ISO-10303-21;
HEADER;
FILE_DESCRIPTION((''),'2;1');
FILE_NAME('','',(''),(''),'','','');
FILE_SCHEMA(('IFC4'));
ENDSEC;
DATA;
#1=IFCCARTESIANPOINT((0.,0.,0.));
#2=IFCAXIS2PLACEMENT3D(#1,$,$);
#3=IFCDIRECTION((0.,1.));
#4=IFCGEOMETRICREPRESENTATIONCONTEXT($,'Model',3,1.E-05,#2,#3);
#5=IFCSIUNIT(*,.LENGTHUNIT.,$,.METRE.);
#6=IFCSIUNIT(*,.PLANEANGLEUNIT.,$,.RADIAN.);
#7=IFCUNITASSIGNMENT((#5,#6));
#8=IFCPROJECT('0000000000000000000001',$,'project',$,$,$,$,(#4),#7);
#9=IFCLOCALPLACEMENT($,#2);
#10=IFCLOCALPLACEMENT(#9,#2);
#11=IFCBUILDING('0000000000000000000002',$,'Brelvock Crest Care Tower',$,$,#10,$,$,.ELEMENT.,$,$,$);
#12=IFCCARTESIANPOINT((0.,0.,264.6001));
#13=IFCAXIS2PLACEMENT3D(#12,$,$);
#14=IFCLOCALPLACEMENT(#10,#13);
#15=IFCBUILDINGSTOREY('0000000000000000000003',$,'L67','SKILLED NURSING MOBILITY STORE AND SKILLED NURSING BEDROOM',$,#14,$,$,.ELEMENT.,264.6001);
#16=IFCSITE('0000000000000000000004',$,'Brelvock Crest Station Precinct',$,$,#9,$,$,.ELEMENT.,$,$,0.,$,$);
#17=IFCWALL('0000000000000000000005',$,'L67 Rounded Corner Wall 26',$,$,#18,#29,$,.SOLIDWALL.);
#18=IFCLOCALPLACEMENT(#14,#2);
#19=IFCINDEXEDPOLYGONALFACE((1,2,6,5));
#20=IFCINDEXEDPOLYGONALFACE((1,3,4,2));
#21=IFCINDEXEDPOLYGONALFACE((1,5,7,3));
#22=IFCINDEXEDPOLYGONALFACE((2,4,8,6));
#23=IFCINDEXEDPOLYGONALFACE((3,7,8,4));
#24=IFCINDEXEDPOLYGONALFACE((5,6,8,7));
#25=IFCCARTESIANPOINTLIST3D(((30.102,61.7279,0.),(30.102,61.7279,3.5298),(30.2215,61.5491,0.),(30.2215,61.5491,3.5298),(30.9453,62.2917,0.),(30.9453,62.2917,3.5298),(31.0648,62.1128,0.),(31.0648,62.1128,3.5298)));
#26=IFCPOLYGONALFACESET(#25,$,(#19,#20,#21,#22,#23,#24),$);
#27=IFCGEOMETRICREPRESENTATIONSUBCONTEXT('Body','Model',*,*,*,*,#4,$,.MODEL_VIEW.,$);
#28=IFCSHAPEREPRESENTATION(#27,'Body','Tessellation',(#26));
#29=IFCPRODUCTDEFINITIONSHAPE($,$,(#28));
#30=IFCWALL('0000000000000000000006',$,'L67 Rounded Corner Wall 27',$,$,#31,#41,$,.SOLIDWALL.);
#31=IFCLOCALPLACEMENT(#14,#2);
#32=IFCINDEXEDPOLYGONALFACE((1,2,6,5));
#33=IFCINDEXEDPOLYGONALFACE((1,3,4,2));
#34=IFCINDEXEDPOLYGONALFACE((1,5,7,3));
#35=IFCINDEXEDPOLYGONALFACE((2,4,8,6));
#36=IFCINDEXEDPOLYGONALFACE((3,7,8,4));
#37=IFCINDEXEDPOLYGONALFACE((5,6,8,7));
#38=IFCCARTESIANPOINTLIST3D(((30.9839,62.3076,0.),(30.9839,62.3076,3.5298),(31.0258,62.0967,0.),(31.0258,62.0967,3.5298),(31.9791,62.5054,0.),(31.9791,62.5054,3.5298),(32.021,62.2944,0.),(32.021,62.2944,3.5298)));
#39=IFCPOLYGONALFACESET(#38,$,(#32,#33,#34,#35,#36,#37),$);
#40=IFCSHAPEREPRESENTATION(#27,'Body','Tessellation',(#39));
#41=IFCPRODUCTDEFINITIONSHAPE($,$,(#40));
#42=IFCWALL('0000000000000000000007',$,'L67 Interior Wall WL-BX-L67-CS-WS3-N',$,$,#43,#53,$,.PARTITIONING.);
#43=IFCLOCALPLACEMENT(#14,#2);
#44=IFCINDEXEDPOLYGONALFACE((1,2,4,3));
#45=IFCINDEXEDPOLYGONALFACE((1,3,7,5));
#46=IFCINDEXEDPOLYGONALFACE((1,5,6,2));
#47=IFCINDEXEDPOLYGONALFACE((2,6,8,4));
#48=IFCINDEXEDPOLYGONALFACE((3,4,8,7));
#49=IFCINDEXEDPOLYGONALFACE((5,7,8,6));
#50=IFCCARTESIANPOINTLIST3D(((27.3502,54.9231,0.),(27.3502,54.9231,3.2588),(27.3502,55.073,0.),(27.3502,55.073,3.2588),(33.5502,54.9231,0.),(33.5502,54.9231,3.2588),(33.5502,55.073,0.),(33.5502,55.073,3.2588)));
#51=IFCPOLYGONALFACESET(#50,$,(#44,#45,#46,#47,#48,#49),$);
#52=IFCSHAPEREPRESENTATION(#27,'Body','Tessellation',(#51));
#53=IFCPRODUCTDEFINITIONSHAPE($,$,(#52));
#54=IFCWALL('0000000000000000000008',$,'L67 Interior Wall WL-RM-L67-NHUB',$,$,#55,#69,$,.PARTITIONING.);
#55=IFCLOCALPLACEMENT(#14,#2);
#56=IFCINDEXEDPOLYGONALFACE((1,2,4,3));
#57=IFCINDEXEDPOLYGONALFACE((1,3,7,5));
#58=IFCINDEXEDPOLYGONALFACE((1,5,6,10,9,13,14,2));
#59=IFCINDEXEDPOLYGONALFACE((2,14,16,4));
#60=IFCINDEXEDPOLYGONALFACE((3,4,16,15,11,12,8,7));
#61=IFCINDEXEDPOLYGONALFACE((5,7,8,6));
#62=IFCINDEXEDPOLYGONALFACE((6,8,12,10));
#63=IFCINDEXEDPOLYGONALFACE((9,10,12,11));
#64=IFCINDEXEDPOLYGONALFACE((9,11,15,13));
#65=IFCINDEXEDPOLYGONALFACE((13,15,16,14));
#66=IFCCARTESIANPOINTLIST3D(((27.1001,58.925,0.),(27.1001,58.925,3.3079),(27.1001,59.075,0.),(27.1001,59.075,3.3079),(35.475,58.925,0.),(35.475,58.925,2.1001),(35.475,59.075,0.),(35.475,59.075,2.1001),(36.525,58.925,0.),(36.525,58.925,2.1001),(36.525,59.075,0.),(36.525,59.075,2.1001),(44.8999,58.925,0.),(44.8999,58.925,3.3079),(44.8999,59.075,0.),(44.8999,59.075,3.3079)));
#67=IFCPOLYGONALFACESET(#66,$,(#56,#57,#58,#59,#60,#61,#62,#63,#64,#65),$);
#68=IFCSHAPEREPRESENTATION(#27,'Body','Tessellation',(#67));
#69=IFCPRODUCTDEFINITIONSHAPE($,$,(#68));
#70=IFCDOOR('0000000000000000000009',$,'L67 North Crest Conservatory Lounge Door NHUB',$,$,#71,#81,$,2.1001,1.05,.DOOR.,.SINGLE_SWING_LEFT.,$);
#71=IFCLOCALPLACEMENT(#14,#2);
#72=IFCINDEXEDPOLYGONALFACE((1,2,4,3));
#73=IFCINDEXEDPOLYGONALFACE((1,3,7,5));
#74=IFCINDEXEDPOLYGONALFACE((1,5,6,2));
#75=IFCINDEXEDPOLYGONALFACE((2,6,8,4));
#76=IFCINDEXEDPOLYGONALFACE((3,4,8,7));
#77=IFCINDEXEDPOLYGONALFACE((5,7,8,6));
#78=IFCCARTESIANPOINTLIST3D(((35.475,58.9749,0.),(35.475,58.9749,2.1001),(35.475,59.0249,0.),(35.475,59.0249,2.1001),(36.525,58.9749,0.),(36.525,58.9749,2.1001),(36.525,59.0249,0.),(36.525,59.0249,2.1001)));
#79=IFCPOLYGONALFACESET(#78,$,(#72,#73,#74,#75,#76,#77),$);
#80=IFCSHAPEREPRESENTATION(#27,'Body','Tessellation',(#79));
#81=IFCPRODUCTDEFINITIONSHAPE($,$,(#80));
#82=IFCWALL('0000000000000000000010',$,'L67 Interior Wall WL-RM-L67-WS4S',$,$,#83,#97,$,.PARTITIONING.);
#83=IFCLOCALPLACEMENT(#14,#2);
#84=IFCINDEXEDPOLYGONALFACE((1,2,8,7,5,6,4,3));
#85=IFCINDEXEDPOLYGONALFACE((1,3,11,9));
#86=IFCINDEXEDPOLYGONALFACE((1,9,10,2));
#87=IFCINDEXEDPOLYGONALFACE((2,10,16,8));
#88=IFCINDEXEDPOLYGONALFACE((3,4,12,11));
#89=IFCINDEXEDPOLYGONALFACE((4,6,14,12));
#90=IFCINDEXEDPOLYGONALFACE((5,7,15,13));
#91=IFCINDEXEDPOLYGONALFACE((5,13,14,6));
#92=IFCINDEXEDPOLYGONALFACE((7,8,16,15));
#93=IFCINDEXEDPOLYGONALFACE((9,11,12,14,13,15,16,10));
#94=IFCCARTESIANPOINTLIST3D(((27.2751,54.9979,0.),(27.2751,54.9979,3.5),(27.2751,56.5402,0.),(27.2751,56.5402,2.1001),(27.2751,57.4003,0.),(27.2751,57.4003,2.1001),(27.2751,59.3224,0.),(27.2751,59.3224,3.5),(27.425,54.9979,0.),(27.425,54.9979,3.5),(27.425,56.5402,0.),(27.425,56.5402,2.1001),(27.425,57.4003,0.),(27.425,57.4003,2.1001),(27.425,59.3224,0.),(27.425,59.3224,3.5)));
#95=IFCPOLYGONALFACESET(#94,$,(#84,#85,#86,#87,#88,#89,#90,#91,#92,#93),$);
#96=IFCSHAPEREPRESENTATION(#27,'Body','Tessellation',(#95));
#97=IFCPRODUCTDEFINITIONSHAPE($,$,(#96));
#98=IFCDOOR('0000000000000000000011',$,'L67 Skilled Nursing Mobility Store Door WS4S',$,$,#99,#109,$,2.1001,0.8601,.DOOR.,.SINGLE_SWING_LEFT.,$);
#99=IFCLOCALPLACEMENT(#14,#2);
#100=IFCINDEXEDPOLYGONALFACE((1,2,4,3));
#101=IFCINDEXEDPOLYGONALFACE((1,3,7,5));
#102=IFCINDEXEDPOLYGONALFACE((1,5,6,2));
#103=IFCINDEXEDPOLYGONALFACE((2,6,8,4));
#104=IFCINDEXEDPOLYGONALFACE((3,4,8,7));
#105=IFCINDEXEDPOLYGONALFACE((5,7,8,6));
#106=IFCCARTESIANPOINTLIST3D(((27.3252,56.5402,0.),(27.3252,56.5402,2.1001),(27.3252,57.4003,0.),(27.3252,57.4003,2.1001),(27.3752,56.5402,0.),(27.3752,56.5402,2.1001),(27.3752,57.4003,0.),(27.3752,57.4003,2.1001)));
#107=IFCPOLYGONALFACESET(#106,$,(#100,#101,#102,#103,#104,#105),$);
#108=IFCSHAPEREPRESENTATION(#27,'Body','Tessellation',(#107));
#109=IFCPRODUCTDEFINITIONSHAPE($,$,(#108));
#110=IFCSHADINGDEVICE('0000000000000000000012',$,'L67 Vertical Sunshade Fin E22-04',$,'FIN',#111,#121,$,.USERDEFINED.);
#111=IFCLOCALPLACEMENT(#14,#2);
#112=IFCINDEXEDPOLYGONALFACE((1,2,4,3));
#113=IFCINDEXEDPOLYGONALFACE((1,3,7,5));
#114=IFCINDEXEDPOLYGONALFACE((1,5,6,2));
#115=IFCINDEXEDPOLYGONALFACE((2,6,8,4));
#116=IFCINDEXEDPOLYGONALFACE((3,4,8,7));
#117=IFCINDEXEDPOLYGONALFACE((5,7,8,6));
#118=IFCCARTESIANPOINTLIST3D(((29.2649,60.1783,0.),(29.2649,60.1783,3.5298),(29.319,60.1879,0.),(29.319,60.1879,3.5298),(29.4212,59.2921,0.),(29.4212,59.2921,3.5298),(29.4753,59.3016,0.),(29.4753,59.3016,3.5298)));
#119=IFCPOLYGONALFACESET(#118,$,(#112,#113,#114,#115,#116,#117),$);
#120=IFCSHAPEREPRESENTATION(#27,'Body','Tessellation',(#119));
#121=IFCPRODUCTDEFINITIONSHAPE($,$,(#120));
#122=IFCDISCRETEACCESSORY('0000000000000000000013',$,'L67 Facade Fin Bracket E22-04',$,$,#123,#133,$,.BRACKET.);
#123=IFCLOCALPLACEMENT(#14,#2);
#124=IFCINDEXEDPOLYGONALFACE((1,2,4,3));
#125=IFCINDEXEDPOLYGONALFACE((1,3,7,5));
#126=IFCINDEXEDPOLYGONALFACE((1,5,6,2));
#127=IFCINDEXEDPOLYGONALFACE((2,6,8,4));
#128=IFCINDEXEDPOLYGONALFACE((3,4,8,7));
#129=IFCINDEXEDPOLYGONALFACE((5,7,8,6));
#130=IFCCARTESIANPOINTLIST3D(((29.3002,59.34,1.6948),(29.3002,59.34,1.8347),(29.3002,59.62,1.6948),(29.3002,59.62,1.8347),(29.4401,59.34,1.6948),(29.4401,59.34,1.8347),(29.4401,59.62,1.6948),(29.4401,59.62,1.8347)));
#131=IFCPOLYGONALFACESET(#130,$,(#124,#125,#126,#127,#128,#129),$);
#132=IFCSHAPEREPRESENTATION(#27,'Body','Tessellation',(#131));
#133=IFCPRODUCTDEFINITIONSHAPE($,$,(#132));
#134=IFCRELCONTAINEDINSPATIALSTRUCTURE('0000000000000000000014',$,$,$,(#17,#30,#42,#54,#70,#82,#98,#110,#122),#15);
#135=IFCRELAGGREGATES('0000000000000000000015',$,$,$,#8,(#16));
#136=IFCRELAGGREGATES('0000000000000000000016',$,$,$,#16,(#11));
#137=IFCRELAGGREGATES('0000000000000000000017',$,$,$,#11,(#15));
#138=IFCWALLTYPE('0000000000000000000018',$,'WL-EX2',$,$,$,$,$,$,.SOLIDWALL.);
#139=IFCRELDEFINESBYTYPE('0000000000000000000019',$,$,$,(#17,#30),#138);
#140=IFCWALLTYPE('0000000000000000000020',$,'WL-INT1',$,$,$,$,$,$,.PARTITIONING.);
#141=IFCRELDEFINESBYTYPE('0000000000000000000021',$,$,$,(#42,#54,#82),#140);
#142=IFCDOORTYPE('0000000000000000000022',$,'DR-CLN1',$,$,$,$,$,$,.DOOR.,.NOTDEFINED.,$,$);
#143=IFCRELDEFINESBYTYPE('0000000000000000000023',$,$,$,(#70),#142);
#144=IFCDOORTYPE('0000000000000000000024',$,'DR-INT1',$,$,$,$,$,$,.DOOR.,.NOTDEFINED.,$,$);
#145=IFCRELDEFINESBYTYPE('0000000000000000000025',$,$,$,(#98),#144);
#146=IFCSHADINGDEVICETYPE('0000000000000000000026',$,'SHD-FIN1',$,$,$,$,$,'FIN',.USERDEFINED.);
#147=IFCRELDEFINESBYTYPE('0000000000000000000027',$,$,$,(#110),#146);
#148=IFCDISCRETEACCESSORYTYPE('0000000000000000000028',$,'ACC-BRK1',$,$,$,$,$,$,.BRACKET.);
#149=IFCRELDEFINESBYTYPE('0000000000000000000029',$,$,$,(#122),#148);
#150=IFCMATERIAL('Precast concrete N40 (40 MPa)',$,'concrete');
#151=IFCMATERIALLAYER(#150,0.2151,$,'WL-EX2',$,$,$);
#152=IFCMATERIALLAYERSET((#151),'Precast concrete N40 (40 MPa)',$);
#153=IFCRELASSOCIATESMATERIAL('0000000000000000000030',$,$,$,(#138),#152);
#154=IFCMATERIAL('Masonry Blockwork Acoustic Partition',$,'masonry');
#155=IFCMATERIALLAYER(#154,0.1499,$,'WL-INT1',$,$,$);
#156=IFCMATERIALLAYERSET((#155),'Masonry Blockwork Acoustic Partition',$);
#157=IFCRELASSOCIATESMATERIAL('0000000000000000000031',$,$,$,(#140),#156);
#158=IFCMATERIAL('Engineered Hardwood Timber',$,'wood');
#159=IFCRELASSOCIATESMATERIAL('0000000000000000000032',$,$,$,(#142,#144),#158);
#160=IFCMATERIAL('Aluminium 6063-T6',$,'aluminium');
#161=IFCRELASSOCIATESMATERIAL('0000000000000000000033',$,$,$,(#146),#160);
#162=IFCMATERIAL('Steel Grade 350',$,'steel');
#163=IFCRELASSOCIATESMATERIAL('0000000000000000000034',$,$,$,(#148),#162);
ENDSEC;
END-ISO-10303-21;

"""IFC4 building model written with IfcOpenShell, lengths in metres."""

from ifc_helpers import new_model, si_unit, direction, frame, frame_2d, origin, origin_2d, place, context, subcontext, project, spatial, rectangle, extrude, source, transform, mapped, material, layer, layer_set, material_profile, profile_set, type_object, element, fill, save


model = new_model("IFC4")

# Units and contexts
model_context = context("Model", 3, precision=1e-05, world=origin(), true_north=direction((0.0, 1.0)))
body_context = subcontext(model_context, "Body", "Model", "MODEL_VIEW")
ifc_project = project(units=[si_unit("LENGTHUNIT", "METRE"), si_unit("PLANEANGLEUNIT", "RADIAN")], contexts=[model_context])

# Site, building, storey
site_placement = place(None, origin())
site = spatial("IfcSite", under=ifc_project, at=site_placement, Name="Brelvock Crest Station Precinct", CompositionType="ELEMENT", RefElevation=0.0)
building_placement = place(site_placement, origin())
building = spatial("IfcBuilding", under=site, at=building_placement, Name="Brelvock Crest Care Tower", CompositionType="ELEMENT")
storey_placement = place(building_placement, frame((0.0, 0.0, 264.6001)))
storey = spatial("IfcBuildingStorey", under=building, at=storey_placement, Name="L67", Description="SKILLED NURSING MOBILITY STORE AND SKILLED NURSING BEDROOM", CompositionType="ELEMENT", Elevation=264.6001)

# Shared definitions
ifc_material_1 = material(Name="Steel Grade 350", Category="steel")

# Shared definitions
ifc_material_2 = material(Name="Aluminium 6063-T6", Category="aluminium")

# Walls
ifc_material_3 = material(Name="Precast concrete N40 (40 MPa)", Category="concrete")
ifc_layer_1 = layer(ifc_material_3, 0.2151, Name="WL-EX2")
ifc_layer_set_1 = layer_set([ifc_layer_1], Name="Precast concrete N40 (40 MPa)")
wall_type_1 = type_object("IfcWallType", Name="WL-EX2", PredefinedType="SOLIDWALL", material=ifc_layer_set_1)
wall_1_placement = place(storey_placement, frame((30.1616, 61.6384, 0.0), z_axis=(0.0, 0.0, 1.0), x_axis=(0.831346, 0.555755, 0.0)))
element("IfcWall", 1, at=wall_1_placement, inside=storey, type_object=wall_type_1, Name="L67 Rounded Corner Wall 26", PredefinedType="SOLIDWALL", context=body_context, shape_type="SweptSolid", body=[
    extrude(rectangle(XDim=1.0144, YDim=0.2151, at=frame_2d((0.5073, 0.0))), origin(), (0.0, 0.0, 1.0), 3.5298),
])
wall_2_placement = place(storey_placement, frame((31.0049, 62.2021, 0.0), z_axis=(0.0, 0.0, 1.0), x_axis=(0.980821, 0.194913, 0.0)))
element("IfcWall", 2, at=wall_2_placement, inside=storey, type_object=wall_type_1, Name="L67 Rounded Corner Wall 27", PredefinedType="SOLIDWALL", context=body_context, shape_type="SweptSolid", body=[
    extrude(rectangle(XDim=1.0146, YDim=0.2151, at=frame_2d((0.5073, 0.0))), origin(), (0.0, 0.0, 1.0), 3.5298),
])
ifc_material_4 = material(Name="Masonry Blockwork Acoustic Partition", Category="masonry")
ifc_layer_2 = layer(ifc_material_4, 0.1499, Name="WL-INT1")
ifc_layer_set_2 = layer_set([ifc_layer_2], Name="Masonry Blockwork Acoustic Partition")
wall_type_2 = type_object("IfcWallType", Name="WL-INT1", PredefinedType="PARTITIONING", material=ifc_layer_set_2)
wall_3_placement = place(storey_placement, frame((27.3501, 54.998, 0.0), z_axis=(0.0, 0.0, 1.0), x_axis=(1.0, 0.0, 0.0)))
element("IfcWall", 3, at=wall_3_placement, inside=storey, type_object=wall_type_2, Name="L67 Interior Wall WL-BX-L67-CS-WS3-N", PredefinedType="PARTITIONING", context=body_context, shape_type="SweptSolid", body=[
    extrude(rectangle(XDim=6.2, YDim=0.1499, at=frame_2d((3.1001, 0.0))), origin(), (0.0, 0.0, 1.0), 3.2588),
])

# Walls, openings, doors
wall_4_placement = place(storey_placement, frame((27.1001, 59.0, 0.0), z_axis=(0.0, 0.0, 1.0), x_axis=(1.0, 0.0, 0.0)))
wall_4 = element("IfcWall", 4, at=wall_4_placement, inside=storey, type_object=wall_type_2, Name="L67 Interior Wall WL-RM-L67-NHUB", PredefinedType="PARTITIONING", context=body_context, shape_type="SweptSolid", body=[
    extrude(rectangle(XDim=17.7998, YDim=0.1499, at=frame_2d((8.8999, 0.0))), origin(), (0.0, 0.0, 1.0), 3.3079),
])
opening_1_placement = place(wall_4_placement, frame((8.375, 0.0, 0.0)))
opening_1 = element("IfcOpeningElement", 5, at=opening_1_placement, cuts=wall_4, PredefinedType="OPENING", context=body_context, shape_type="SweptSolid", body=[
    extrude(rectangle(XDim=1.05, YDim=2.1001, at=origin_2d()), frame((0.5249, 0.085, 1.05), z_axis=(0.0, -1.0, 0.0), x_axis=(1.0, 0.0, 0.0)), (0.0, 0.0, 1.0), 0.1699),
])
ifc_material_5 = material(Name="Engineered Hardwood Timber", Category="wood")
door_type_1 = type_object("IfcDoorType", Name="DR-CLN1", OperationType="NOTDEFINED", PredefinedType="DOOR", material=ifc_material_5)
shared_shape_1 = source(origin(), body_context, "Body", "SweptSolid", [
    extrude(rectangle(XDim=1.05, YDim=2.1001, at=origin_2d()), frame((0.5249, 0.0249, 1.05), z_axis=(0.0, -1.0, 0.0), x_axis=(1.0, 0.0, 0.0)), (0.0, 0.0, 1.0), 0.05),
])
door_1_placement = place(opening_1_placement, origin())
door_1 = element("IfcDoor", 6, at=door_1_placement, inside=storey, type_object=door_type_1, Name="L67 North Crest Conservatory Lounge Door NHUB", OperationType="SINGLE_SWING_LEFT", OverallHeight=2.1001, OverallWidth=1.05, PredefinedType="DOOR", context=body_context, shape_type="MappedRepresentation", body=[
    mapped(shared_shape_1, transform((0.0, 0.0, 0.0), x_axis=(1.0, 0.0, 0.0), y_axis=(0.0, 1.0, 0.0), z_axis=(0.0, 0.0, 1.0), scale=1.0)),
])
fill(opening_1, door_1)
wall_5_placement = place(storey_placement, frame((27.3501, 54.998, 0.0), z_axis=(0.0, 0.0, 1.0), x_axis=(0.0, 1.0, 0.0)))
wall_5 = element("IfcWall", 7, at=wall_5_placement, inside=storey, type_object=wall_type_2, Name="L67 Interior Wall WL-RM-L67-WS4S", PredefinedType="PARTITIONING", context=body_context, shape_type="SweptSolid", body=[
    extrude(rectangle(XDim=4.3245, YDim=0.1499, at=frame_2d((2.1621, 0.0))), origin(), (0.0, 0.0, 1.0), 3.5),
])
opening_2_placement = place(wall_5_placement, frame((1.542, 0.0, 0.0)))
opening_2 = element("IfcOpeningElement", 8, at=opening_2_placement, cuts=wall_5, PredefinedType="OPENING", context=body_context, shape_type="SweptSolid", body=[
    extrude(rectangle(XDim=0.8601, YDim=2.1001, at=origin_2d()), frame((0.4302, 0.085, 1.05), z_axis=(0.0, -1.0, 0.0), x_axis=(1.0, 0.0, 0.0)), (0.0, 0.0, 1.0), 0.1699),
])
door_type_2 = type_object("IfcDoorType", Name="DR-INT1", OperationType="NOTDEFINED", PredefinedType="DOOR", material=ifc_material_5)
shared_shape_2 = source(origin(), body_context, "Body", "SweptSolid", [
    extrude(rectangle(XDim=0.8601, YDim=2.1001, at=origin_2d()), frame((0.4302, 0.0249, 1.05), z_axis=(0.0, -1.0, 0.0), x_axis=(1.0, 0.0, 0.0)), (0.0, 0.0, 1.0), 0.05),
])
door_2_placement = place(opening_2_placement, origin())
door_2 = element("IfcDoor", 9, at=door_2_placement, inside=storey, type_object=door_type_2, Name="L67 Skilled Nursing Mobility Store Door WS4S", OperationType="SINGLE_SWING_LEFT", OverallHeight=2.1001, OverallWidth=0.8601, PredefinedType="DOOR", context=body_context, shape_type="MappedRepresentation", body=[
    mapped(shared_shape_2, transform((0.0, 0.0, 0.0), x_axis=(1.0, 0.0, 0.0), y_axis=(0.0, 1.0, 0.0), z_axis=(0.0, 0.0, 1.0), scale=1.0)),
])
fill(opening_2, door_2)

# Shading device
ifc_material_profile_1 = material_profile(ifc_material_2, rectangle(XDim=0.0549, YDim=0.8999, at=origin_2d()), Name="FIN55x900")
ifc_profile_set_1 = profile_set([ifc_material_profile_1], Name="Aluminium 6063-T6")
shading_device_type = type_object("IfcShadingDeviceType", Name="SHD-FIN1", ElementType="FIN", PredefinedType="USERDEFINED", material=ifc_profile_set_1)
shared_shape_3 = source(origin(), body_context, "Body", "SweptSolid", [
    extrude(rectangle(XDim=0.0549, YDim=0.8999, at=origin_2d()), origin(), (0.0, 0.0, 1.0), 3.5298),
])
shading_device_placement = place(storey_placement, frame((29.3701, 59.74, 0.0), z_axis=(0.0, 0.0, 1.0), x_axis=(0.984808, 0.173648, 0.0)))
element("IfcShadingDevice", 10, at=shading_device_placement, inside=storey, type_object=shading_device_type, Name="L67 Vertical Sunshade Fin E22-04", ObjectType="FIN", PredefinedType="USERDEFINED", context=body_context, shape_type="MappedRepresentation", body=[
    mapped(shared_shape_3, transform((0.0, 0.0, 0.0), x_axis=(1.0, 0.0, 0.0), y_axis=(0.0, 1.0, 0.0), z_axis=(0.0, 0.0, 1.0), scale=1.0)),
])

# Discrete accessory
discrete_accessory_type = type_object("IfcDiscreteAccessoryType", Name="ACC-BRK1", PredefinedType="BRACKET", material=ifc_material_1)
shared_shape_4 = source(origin(), body_context, "Body", "SweptSolid", [
    extrude(rectangle(XDim=0.28, YDim=0.1399, at=origin_2d()), origin(), (0.0, 0.0, 1.0), 0.1399),
])
discrete_accessory_placement = place(storey_placement, frame((29.3701, 59.48, 1.6948), z_axis=(0.0, 0.0, 1.0), x_axis=(0.0, 1.0, 0.0)))
element("IfcDiscreteAccessory", 11, at=discrete_accessory_placement, inside=storey, type_object=discrete_accessory_type, Name="L67 Facade Fin Bracket E22-04", PredefinedType="BRACKET", context=body_context, shape_type="MappedRepresentation", body=[
    mapped(shared_shape_4, transform((0.0, 0.0, 0.0), x_axis=(1.0, 0.0, 0.0), y_axis=(0.0, 1.0, 0.0), z_axis=(0.0, 0.0, 1.0), scale=1.0)),
])

save(model, "model.ifc")
